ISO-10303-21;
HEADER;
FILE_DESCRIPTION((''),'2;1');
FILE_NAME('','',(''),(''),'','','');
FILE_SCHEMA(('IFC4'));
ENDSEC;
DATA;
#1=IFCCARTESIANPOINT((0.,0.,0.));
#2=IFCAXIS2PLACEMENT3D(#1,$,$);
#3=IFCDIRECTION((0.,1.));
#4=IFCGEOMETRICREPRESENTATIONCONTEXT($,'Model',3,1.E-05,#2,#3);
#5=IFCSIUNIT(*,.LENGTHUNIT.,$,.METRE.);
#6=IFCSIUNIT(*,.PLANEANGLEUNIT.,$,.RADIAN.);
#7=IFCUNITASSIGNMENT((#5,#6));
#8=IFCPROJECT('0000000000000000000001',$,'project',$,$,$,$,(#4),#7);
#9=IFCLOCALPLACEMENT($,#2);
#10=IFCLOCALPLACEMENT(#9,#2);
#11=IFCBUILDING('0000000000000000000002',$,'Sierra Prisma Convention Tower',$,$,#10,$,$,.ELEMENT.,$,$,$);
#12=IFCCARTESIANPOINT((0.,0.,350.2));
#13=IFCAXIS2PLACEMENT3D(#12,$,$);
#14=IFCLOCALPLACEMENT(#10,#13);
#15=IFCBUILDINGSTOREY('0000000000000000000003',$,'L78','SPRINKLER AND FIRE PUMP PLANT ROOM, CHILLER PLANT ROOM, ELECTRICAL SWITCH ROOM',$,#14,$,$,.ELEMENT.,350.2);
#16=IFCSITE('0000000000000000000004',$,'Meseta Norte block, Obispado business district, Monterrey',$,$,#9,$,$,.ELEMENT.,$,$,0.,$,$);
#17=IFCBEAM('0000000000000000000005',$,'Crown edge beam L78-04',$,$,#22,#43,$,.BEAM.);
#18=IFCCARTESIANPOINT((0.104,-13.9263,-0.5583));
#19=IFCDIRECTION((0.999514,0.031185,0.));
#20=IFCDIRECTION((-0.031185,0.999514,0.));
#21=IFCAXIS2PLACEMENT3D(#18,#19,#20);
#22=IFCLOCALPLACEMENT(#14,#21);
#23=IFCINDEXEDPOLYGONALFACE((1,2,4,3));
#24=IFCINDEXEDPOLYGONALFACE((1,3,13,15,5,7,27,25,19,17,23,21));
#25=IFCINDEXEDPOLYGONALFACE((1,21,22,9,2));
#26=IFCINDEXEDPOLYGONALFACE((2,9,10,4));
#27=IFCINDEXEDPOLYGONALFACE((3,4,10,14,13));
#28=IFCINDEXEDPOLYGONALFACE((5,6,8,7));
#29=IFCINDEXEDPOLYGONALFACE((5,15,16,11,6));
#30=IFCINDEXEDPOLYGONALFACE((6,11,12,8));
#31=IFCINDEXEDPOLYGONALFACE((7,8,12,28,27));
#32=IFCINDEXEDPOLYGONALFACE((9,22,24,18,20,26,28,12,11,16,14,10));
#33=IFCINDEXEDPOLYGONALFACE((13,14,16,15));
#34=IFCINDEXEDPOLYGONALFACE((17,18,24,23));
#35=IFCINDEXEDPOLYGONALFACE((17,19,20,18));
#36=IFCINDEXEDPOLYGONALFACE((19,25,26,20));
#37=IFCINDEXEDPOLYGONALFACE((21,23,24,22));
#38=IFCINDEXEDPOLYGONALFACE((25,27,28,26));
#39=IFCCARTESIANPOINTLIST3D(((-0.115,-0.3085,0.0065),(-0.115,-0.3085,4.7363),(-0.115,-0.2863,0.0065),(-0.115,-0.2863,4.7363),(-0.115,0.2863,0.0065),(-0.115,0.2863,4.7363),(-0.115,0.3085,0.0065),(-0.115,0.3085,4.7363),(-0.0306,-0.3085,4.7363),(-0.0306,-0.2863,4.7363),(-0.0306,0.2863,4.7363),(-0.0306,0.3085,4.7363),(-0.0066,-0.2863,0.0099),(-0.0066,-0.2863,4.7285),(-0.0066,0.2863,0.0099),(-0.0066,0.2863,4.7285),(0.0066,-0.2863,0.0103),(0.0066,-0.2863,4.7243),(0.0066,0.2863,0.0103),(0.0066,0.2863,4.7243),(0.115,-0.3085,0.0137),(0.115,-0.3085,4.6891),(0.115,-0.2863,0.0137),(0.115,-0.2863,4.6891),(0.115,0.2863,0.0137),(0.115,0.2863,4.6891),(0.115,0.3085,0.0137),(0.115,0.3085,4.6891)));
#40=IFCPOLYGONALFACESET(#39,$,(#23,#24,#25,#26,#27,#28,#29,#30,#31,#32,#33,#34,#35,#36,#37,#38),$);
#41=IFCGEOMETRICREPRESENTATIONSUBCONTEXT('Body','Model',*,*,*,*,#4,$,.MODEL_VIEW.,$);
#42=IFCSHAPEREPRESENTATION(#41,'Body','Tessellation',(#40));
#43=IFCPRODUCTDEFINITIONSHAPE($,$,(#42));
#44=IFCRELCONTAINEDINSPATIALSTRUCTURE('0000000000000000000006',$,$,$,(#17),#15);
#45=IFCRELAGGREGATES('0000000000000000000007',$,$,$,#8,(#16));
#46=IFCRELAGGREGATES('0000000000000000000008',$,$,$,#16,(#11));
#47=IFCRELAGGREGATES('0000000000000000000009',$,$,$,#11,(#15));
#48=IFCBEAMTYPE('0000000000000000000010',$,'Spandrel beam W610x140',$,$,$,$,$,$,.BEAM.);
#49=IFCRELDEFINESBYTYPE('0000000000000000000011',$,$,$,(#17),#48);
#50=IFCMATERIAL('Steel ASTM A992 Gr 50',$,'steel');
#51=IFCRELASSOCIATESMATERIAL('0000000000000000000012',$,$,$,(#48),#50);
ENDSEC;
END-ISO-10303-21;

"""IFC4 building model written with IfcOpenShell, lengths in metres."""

from ifc_helpers import new_model, si_unit, direction, frame, origin, origin_2d, place, context, subcontext, project, spatial, i_section, extrude, clip, halfspace, material, material_profile, profile_set, type_object, element, save


model = new_model("IFC4")

# Units and contexts
model_context = context("Model", 3, precision=1e-05, world=origin(), true_north=direction((0.0, 1.0)))
body_context = subcontext(model_context, "Body", "Model", "MODEL_VIEW")
ifc_project = project(units=[si_unit("LENGTHUNIT", "METRE"), si_unit("PLANEANGLEUNIT", "RADIAN")], contexts=[model_context])

# Site, building, storey
site_placement = place(None, origin())
site = spatial("IfcSite", under=ifc_project, at=site_placement, Name="Meseta Norte block, Obispado business district, Monterrey", CompositionType="ELEMENT", RefElevation=0.0)
building_placement = place(site_placement, origin())
building = spatial("IfcBuilding", under=site, at=building_placement, Name="Sierra Prisma Convention Tower", CompositionType="ELEMENT")
storey_placement = place(building_placement, frame((0.0, 0.0, 350.2)))
storey = spatial("IfcBuildingStorey", under=building, at=storey_placement, Name="L78", Description="SPRINKLER AND FIRE PUMP PLANT ROOM, CHILLER PLANT ROOM, ELECTRICAL SWITCH ROOM", CompositionType="ELEMENT", Elevation=350.2)

# Beam
ifc_material_1 = material(Name="Steel ASTM A992 Gr 50", Category="steel")
ifc_material_profile_1 = material_profile(ifc_material_1, i_section(OverallWidth=0.23, OverallDepth=0.6169, WebThickness=0.0132, FlangeThickness=0.0222, at=origin_2d()), Name="W610x140")
ifc_profile_set_1 = profile_set([ifc_material_profile_1], Name="Steel ASTM A992 Gr 50")
beam_type_1 = type_object("IfcBeamType", Name="Spandrel beam W610x140", PredefinedType="BEAM", material=ifc_profile_set_1)
beam_1_placement = place(storey_placement, frame((0.104, -13.9263, -0.5583), z_axis=(0.999514, 0.031185, 0.0), x_axis=(-0.031185, 0.999514, 0.0)))
element("IfcBeam", 1, at=beam_1_placement, inside=storey, type_object=beam_type_1, Name="Crown edge beam L78-04", PredefinedType="BEAM", context=body_context, shape_type="SweptSolid", body=[
    clip(clip(extrude(i_section(OverallWidth=0.23, OverallDepth=0.6169, WebThickness=0.0132, FlangeThickness=0.0222, at=origin_2d()), origin(), (0.0, 0.0, 1.0), 4.7363), halfspace(frame((-0.0034, 0.0, 0.01), z_axis=(-0.031185, 0.0, 0.999514), x_axis=(0.999514, 0.0, 0.031185)), True)), halfspace(frame((-0.0352, 0.0, 4.7378), z_axis=(-0.30853, 0.0, -0.951215), x_axis=(0.951215, 0.0, -0.30853)), True)),
])

save(model, "model.ifc")
